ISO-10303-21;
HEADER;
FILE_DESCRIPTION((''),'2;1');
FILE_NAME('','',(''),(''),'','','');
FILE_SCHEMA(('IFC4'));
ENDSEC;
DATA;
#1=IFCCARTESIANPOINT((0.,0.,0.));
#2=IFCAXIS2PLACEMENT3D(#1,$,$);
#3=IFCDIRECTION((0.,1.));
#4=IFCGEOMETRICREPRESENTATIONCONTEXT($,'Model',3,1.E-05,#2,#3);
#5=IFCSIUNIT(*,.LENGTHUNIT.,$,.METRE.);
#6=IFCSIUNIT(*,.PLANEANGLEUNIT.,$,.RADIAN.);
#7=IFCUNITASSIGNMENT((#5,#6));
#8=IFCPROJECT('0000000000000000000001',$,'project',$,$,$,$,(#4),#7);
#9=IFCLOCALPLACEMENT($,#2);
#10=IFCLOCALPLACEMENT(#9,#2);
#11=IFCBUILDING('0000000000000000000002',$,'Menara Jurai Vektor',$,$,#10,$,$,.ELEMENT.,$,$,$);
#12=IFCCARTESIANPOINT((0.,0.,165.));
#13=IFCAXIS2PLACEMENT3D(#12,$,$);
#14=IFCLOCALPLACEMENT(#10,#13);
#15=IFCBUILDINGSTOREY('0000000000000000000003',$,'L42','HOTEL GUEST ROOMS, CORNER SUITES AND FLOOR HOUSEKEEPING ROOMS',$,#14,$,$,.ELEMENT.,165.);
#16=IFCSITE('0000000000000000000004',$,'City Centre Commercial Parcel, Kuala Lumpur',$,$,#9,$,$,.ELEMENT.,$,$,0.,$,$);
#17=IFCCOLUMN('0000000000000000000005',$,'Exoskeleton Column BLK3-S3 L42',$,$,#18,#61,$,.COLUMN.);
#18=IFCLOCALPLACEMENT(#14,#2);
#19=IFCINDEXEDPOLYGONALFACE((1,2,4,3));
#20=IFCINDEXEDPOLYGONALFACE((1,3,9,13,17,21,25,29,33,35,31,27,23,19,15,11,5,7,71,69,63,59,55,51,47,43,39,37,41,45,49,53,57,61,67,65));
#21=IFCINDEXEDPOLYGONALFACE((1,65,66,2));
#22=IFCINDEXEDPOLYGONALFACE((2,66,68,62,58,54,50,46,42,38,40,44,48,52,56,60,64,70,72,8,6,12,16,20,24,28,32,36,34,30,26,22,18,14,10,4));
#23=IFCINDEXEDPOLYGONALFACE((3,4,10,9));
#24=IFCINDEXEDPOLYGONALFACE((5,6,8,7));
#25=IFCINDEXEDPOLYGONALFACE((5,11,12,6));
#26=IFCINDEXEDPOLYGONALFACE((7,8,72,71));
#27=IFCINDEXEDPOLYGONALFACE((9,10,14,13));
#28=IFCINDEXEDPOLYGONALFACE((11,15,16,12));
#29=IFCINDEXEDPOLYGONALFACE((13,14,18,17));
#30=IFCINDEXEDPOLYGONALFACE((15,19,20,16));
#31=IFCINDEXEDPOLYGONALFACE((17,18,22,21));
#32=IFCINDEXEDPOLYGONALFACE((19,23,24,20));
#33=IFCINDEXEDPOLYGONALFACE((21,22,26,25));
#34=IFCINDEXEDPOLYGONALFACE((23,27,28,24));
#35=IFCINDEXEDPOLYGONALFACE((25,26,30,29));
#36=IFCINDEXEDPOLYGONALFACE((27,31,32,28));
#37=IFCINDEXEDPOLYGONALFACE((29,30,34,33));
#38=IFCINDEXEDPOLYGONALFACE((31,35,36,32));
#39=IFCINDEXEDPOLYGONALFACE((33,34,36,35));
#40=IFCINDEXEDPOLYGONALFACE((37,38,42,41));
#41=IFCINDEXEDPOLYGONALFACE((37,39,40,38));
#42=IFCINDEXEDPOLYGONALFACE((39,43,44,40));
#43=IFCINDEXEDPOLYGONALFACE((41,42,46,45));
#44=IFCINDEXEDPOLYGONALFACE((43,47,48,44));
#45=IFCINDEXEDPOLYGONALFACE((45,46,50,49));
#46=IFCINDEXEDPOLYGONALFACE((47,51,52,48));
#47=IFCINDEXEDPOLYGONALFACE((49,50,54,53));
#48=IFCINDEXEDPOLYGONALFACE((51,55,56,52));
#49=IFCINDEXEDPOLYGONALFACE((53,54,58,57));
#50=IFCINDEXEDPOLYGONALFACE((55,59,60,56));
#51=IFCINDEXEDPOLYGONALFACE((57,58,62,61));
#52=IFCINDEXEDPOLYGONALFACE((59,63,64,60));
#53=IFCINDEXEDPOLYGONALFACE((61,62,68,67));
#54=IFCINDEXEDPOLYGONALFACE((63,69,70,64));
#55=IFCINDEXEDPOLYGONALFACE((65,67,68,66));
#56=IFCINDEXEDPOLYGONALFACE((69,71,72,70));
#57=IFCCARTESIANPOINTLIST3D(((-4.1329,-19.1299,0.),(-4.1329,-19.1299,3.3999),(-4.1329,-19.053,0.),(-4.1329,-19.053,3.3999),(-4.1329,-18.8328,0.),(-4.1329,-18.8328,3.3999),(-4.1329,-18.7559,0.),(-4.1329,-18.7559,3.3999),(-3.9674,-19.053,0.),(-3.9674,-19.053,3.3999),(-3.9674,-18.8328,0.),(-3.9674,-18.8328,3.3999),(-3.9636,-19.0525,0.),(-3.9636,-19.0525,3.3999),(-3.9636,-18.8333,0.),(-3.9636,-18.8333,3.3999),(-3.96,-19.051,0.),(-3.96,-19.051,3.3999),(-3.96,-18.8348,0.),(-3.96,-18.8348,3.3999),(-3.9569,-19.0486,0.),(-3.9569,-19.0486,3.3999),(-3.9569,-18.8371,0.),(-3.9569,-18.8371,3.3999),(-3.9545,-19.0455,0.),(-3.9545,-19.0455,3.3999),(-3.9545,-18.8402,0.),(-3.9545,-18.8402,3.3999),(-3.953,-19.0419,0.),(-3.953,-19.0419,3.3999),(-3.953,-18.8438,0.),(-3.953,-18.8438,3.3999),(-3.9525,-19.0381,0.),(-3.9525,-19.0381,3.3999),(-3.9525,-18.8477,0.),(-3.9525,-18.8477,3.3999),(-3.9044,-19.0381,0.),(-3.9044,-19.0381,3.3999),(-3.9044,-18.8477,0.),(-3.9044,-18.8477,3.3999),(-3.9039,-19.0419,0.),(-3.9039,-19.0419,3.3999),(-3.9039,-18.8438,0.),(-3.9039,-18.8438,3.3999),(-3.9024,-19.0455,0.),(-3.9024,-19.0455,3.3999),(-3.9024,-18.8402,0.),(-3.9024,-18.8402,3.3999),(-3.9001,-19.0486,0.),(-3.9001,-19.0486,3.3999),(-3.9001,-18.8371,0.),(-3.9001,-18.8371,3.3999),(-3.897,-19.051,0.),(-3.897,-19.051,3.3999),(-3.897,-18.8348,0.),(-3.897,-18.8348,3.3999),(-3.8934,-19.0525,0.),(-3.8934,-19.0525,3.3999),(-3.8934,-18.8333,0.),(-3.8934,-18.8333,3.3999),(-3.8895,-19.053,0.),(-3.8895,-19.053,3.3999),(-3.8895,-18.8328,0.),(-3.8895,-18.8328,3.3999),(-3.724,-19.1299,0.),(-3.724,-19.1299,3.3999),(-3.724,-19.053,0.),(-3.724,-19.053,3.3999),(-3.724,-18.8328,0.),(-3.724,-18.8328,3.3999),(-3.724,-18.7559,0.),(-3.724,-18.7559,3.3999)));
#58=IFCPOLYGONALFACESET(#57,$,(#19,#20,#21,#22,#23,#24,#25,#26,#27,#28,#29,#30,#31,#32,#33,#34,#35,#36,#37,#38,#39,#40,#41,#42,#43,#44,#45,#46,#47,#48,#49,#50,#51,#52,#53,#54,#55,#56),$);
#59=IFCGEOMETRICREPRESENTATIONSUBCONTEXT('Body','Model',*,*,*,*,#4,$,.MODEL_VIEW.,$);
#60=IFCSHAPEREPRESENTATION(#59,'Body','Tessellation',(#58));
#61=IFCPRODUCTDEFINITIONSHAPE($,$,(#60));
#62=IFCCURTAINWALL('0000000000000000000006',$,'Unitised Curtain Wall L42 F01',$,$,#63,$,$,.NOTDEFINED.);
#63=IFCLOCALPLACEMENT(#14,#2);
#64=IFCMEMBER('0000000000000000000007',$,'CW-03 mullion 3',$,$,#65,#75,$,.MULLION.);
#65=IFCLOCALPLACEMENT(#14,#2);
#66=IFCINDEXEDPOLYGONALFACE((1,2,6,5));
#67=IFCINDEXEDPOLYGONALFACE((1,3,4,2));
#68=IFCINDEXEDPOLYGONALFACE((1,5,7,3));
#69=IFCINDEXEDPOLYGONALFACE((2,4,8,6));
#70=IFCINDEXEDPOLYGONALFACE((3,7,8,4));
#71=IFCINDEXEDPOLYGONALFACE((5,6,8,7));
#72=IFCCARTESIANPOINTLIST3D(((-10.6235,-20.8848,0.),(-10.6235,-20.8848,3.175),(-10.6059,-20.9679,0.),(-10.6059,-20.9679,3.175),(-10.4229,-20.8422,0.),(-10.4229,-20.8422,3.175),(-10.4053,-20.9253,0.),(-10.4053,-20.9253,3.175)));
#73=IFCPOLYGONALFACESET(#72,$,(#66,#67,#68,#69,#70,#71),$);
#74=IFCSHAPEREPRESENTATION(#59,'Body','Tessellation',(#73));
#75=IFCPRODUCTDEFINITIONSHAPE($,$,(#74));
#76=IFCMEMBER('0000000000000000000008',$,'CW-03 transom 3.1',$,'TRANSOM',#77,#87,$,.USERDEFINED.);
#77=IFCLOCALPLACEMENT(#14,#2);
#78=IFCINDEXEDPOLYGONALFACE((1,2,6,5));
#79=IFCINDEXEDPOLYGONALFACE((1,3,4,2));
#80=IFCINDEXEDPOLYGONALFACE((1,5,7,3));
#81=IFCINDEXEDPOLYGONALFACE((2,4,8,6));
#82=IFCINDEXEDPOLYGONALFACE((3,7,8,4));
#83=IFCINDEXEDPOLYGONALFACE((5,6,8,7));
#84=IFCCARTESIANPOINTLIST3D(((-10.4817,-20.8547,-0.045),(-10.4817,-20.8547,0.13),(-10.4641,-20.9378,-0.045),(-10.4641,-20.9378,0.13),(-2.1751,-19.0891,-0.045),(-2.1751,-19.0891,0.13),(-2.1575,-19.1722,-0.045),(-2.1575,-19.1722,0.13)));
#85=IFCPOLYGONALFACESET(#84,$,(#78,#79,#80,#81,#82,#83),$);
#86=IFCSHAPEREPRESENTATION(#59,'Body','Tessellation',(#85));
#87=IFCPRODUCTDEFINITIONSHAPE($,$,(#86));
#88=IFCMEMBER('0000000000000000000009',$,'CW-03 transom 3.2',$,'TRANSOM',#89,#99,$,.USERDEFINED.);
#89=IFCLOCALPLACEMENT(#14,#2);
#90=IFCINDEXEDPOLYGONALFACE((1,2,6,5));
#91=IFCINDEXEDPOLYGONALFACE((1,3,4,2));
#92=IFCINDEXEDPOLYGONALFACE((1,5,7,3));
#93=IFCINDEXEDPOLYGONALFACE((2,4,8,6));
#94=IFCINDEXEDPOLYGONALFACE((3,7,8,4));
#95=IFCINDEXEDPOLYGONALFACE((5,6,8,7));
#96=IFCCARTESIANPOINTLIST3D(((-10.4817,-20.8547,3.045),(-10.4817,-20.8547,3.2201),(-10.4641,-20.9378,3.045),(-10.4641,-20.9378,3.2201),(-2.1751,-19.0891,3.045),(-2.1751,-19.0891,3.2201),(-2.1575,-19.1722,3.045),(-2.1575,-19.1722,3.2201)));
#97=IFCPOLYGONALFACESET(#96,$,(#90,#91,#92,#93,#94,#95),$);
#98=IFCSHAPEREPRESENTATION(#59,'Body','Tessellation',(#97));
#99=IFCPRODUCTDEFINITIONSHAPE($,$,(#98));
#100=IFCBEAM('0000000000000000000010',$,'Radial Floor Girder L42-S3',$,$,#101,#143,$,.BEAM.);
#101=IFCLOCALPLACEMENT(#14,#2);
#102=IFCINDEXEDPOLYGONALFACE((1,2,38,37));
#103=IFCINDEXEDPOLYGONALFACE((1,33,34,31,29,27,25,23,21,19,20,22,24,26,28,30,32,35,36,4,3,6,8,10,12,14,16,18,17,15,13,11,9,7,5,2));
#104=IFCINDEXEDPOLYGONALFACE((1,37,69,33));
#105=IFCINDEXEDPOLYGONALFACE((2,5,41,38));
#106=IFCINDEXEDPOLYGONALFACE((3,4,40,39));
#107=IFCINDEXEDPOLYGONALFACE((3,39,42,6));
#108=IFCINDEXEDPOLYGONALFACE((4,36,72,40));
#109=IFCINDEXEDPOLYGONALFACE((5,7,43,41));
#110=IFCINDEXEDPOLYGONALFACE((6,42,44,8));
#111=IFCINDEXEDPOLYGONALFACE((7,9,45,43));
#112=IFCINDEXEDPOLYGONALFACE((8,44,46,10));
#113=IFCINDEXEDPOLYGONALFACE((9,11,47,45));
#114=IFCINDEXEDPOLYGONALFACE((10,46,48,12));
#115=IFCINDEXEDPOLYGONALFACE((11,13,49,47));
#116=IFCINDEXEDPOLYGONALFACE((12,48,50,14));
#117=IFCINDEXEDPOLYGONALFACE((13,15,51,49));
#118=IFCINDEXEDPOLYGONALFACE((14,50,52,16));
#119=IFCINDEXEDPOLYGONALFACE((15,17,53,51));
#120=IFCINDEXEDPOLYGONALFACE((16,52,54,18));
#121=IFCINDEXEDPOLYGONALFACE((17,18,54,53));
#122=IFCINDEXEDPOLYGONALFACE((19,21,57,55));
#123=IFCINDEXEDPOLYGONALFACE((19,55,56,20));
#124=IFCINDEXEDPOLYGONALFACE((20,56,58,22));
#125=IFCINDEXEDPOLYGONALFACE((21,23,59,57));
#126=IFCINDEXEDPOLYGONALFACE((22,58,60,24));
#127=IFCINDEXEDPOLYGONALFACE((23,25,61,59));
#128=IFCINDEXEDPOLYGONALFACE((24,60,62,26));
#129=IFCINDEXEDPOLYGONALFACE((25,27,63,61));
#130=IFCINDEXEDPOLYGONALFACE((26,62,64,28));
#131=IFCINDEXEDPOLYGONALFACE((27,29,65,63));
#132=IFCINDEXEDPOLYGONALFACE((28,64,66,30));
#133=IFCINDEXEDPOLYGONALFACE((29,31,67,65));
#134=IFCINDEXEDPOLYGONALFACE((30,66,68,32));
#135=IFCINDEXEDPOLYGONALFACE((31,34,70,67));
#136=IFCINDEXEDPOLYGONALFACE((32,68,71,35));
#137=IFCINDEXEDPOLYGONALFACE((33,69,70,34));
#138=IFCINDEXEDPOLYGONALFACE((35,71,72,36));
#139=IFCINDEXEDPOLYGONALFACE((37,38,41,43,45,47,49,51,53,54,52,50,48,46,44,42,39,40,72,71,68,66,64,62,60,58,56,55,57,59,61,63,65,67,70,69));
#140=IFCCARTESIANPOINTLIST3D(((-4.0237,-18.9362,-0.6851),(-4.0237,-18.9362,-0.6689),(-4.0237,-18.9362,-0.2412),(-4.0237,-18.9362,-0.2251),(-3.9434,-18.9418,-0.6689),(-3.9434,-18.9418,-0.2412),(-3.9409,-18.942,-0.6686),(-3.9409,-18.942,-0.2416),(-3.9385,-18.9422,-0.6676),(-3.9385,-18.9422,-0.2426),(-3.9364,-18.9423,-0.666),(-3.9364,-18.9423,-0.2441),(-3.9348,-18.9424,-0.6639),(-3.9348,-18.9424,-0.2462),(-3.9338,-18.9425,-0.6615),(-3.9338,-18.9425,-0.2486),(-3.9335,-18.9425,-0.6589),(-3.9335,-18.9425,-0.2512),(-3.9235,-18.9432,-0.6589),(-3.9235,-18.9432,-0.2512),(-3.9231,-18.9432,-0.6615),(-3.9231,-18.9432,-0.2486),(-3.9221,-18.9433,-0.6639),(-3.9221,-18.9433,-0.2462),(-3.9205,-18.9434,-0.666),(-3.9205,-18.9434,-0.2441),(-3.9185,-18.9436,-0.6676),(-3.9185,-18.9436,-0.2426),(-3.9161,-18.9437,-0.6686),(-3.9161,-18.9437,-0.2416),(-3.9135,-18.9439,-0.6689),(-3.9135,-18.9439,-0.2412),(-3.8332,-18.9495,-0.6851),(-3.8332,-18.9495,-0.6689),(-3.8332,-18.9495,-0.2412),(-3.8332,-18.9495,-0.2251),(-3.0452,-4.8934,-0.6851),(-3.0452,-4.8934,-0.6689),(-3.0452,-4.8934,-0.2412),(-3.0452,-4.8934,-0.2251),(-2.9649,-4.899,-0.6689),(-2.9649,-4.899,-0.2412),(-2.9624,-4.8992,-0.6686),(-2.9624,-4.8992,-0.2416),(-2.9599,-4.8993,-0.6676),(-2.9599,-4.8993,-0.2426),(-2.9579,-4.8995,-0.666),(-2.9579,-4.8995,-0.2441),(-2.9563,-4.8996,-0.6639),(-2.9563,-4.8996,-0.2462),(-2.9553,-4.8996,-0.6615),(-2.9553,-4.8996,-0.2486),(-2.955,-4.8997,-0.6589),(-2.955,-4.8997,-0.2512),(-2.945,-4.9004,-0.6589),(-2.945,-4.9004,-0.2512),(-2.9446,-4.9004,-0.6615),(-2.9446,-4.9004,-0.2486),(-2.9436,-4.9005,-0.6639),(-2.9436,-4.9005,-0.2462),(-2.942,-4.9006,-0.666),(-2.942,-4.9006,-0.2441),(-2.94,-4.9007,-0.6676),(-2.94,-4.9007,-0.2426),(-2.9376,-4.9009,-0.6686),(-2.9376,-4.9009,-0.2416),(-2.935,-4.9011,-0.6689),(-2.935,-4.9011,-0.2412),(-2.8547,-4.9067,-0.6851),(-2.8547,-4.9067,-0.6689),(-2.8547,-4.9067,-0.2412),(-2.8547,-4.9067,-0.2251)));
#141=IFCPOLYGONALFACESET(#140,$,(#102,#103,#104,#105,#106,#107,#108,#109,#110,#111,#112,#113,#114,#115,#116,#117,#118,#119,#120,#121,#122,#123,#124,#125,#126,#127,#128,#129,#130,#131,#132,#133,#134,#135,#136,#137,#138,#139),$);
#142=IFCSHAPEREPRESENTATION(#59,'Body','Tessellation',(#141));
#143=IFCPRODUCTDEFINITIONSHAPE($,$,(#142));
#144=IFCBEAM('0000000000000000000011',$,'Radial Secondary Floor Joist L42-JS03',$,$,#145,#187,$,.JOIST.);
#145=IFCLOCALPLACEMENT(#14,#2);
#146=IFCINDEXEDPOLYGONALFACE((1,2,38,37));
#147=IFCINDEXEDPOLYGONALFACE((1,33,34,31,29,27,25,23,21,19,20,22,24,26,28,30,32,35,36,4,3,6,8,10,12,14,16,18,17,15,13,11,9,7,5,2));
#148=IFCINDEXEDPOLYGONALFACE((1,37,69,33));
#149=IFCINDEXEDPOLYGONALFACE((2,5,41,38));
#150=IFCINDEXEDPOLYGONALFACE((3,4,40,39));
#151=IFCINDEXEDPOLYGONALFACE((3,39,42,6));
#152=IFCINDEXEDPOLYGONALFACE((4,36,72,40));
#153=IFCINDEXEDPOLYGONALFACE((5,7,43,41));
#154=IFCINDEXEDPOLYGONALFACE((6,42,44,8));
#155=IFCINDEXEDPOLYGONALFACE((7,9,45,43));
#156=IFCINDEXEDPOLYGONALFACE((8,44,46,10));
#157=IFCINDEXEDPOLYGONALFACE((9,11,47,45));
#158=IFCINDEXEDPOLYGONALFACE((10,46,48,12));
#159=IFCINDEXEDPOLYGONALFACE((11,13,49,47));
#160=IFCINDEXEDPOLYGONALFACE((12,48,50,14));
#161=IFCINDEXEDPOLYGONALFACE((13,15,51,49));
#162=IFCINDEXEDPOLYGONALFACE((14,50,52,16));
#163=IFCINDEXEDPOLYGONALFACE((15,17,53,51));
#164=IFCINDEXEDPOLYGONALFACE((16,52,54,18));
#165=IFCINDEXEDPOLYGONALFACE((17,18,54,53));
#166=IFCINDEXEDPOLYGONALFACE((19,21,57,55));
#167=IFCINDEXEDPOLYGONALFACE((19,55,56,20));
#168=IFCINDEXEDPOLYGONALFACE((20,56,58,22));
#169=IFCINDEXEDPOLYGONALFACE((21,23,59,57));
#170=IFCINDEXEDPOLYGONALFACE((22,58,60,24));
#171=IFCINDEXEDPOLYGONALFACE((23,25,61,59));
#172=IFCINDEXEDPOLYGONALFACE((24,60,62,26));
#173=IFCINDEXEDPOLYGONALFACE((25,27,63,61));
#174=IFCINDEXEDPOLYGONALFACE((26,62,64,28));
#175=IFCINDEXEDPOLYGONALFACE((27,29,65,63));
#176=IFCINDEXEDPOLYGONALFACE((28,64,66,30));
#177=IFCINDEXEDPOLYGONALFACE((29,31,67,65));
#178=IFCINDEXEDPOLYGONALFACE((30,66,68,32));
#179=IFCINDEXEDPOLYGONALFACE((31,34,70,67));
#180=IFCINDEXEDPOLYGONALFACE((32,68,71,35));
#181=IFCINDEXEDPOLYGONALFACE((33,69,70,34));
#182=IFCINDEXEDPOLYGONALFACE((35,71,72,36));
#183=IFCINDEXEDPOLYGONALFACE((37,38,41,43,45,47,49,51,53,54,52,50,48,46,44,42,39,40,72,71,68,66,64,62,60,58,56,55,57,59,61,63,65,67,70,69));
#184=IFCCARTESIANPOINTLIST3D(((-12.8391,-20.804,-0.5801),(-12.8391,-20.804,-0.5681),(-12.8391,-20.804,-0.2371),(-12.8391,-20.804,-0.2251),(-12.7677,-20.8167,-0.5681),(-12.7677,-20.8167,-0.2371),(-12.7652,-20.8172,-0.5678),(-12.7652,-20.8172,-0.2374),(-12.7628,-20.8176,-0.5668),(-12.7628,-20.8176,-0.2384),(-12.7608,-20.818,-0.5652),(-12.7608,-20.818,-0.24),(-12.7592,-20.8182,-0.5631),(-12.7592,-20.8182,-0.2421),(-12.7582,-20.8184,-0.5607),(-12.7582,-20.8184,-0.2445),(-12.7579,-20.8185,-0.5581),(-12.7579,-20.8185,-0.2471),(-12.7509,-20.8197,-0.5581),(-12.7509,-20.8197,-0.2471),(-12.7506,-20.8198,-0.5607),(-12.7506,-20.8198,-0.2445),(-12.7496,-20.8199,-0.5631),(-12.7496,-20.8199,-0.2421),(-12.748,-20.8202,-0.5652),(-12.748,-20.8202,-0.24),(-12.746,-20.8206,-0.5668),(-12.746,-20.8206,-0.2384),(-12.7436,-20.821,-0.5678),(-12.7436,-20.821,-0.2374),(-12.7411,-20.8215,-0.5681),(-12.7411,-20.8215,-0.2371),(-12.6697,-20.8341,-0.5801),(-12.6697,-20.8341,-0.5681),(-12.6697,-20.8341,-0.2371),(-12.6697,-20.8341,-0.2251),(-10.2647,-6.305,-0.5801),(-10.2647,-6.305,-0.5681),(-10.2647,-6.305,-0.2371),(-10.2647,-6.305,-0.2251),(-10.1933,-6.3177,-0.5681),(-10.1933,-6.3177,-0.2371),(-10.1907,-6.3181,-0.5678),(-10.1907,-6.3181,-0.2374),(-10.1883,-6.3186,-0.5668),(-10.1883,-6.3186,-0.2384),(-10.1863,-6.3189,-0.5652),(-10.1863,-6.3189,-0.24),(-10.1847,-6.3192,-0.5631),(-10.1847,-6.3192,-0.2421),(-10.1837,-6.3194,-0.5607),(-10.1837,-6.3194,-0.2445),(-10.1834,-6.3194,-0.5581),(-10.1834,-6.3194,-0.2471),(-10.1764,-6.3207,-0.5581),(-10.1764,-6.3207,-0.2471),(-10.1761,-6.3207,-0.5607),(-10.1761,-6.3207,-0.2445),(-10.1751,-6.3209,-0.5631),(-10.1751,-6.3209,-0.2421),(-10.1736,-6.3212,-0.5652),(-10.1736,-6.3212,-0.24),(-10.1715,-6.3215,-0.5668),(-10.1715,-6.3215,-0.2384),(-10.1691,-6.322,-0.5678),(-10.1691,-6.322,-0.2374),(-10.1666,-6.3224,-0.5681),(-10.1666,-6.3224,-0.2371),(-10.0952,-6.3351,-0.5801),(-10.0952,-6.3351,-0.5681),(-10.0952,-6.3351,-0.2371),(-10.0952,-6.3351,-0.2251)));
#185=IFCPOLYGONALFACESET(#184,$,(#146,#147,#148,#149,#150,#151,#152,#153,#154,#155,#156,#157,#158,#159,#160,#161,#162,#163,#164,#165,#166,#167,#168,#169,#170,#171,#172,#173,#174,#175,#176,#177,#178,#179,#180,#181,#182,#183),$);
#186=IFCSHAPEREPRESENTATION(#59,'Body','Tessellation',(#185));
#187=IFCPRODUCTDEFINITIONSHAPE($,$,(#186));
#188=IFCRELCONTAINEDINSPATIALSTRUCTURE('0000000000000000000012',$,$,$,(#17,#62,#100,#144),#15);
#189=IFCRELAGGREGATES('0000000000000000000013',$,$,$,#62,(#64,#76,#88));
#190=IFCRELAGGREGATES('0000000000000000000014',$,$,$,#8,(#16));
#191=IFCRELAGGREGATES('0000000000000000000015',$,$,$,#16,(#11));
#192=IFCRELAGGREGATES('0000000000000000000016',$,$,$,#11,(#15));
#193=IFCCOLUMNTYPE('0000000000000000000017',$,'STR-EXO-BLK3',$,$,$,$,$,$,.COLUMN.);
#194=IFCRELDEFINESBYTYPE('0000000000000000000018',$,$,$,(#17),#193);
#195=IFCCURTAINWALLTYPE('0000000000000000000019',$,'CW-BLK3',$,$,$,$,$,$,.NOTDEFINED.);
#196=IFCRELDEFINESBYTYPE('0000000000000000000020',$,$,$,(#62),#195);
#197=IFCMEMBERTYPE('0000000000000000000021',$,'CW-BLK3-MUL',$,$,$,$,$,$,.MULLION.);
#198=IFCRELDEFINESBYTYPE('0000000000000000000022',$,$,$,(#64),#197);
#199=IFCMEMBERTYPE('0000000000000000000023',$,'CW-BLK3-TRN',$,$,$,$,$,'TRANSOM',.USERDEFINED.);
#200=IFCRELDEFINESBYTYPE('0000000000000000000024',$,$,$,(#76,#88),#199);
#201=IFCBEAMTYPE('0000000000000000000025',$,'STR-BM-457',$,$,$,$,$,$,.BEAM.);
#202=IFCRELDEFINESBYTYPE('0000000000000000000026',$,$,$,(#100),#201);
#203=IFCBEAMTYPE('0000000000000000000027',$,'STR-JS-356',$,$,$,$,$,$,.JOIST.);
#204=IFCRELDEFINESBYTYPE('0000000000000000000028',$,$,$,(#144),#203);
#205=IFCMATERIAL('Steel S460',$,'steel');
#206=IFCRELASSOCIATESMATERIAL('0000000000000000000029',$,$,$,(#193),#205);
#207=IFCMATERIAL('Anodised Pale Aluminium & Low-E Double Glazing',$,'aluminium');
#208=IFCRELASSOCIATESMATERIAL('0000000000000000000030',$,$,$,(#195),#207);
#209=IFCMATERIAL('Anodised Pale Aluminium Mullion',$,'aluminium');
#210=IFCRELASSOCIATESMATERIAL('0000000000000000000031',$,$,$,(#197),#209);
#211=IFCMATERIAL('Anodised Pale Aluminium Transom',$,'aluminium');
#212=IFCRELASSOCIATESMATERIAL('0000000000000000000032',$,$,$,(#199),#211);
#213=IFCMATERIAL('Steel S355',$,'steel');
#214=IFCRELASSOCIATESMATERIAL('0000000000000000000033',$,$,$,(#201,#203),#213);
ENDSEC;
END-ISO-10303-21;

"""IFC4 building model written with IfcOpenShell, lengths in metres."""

from ifc_helpers import new_model, si_unit, direction, frame, origin, origin_2d, place, context, subcontext, project, spatial, rectangle, i_section, extrude, material, material_profile, profile_set, type_object, element, aggregate, save


model = new_model("IFC4")

# Units and contexts
model_context = context("Model", 3, precision=1e-05, world=origin(), true_north=direction((0.0, 1.0)))
body_context = subcontext(model_context, "Body", "Model", "MODEL_VIEW")
ifc_project = project(units=[si_unit("LENGTHUNIT", "METRE"), si_unit("PLANEANGLEUNIT", "RADIAN")], contexts=[model_context])

# Site, building, storey
site_placement = place(None, origin())
site = spatial("IfcSite", under=ifc_project, at=site_placement, Name="City Centre Commercial Parcel, Kuala Lumpur", CompositionType="ELEMENT", RefElevation=0.0)
building_placement = place(site_placement, origin())
building = spatial("IfcBuilding", under=site, at=building_placement, Name="Menara Jurai Vektor", CompositionType="ELEMENT")
storey_placement = place(building_placement, frame((0.0, 0.0, 165.0)))
storey = spatial("IfcBuildingStorey", under=building, at=storey_placement, Name="L42", Description="HOTEL GUEST ROOMS, CORNER SUITES AND FLOOR HOUSEKEEPING ROOMS", CompositionType="ELEMENT", Elevation=165.0)

# Column
ifc_material_1 = material(Name="Steel S460", Category="steel")
ifc_material_profile_1 = material_profile(ifc_material_1, i_section(OverallWidth=0.4089, OverallDepth=0.374, WebThickness=0.0481, FlangeThickness=0.0769, FilletRadius=0.0149, at=origin_2d()), Name="HD 400x634")
ifc_profile_set_1 = profile_set([ifc_material_profile_1], Name="Steel S460")
column_type = type_object("IfcColumnType", Name="STR-EXO-BLK3", PredefinedType="COLUMN", material=ifc_profile_set_1)
column_placement = place(storey_placement, frame((-3.9285, -18.9429, 0.0), z_axis=(0.0, 0.0, 1.0), x_axis=(1.0, 0.0, 0.0)))
element("IfcColumn", 1, at=column_placement, inside=storey, type_object=column_type, Name="Exoskeleton Column BLK3-S3 L42", PredefinedType="COLUMN", context=body_context, shape_type="SweptSolid", body=[
    extrude(i_section(OverallWidth=0.4089, OverallDepth=0.374, WebThickness=0.0481, FlangeThickness=0.0769, FilletRadius=0.0149, at=origin_2d()), origin(), (0.0, 0.0, 1.0), 3.3999),
])

# Curtain wall, members
ifc_material_2 = material(Name="Anodised Pale Aluminium & Low-E Double Glazing", Category="aluminium")
curtain_wall_type = type_object("IfcCurtainWallType", Name="CW-BLK3", PredefinedType="NOTDEFINED", material=ifc_material_2)
curtain_wall_placement = place(storey_placement, origin())
curtain_wall = element("IfcCurtainWall", 2, at=curtain_wall_placement, inside=storey, type_object=curtain_wall_type, Name="Unitised Curtain Wall L42 F01", PredefinedType="NOTDEFINED")
ifc_material_3 = material(Name="Anodised Pale Aluminium Mullion", Category="aluminium")
ifc_material_profile_2 = material_profile(ifc_material_3, rectangle(XDim=0.085, YDim=0.2051, at=origin_2d()), Name="ALU MUL 85x205")
ifc_profile_set_2 = profile_set([ifc_material_profile_2], Name="Anodised Pale Aluminium Mullion")
member_type_1 = type_object("IfcMemberType", Name="CW-BLK3-MUL", PredefinedType="MULLION", material=ifc_profile_set_2)
member_1_placement = place(storey_placement, frame((-10.5144, -20.905, 0.0), z_axis=(0.0, 0.0, 1.0), x_axis=(-0.207911, 0.978148, 0.0)))
member_1 = element("IfcMember", 3, at=member_1_placement, type_object=member_type_1, Name="CW-03 mullion 3", PredefinedType="MULLION", context=body_context, shape_type="SweptSolid", body=[
    extrude(rectangle(XDim=0.085, YDim=0.2051, at=origin_2d()), origin(), (0.0, 0.0, 1.0), 3.175),
])
ifc_material_4 = material(Name="Anodised Pale Aluminium Transom", Category="aluminium")
ifc_material_profile_3 = material_profile(ifc_material_4, rectangle(XDim=0.085, YDim=0.175, at=origin_2d()), Name="ALU TRN 85x175")
ifc_profile_set_3 = profile_set([ifc_material_profile_3], Name="Anodised Pale Aluminium Transom")
member_type_2 = type_object("IfcMemberType", Name="CW-BLK3-TRN", ElementType="TRANSOM", PredefinedType="USERDEFINED", material=ifc_profile_set_3)
member_2_placement = place(storey_placement, frame((-10.4729, -20.8962, 0.0425), z_axis=(0.978148, 0.207911, 0.0), x_axis=(-0.207911, 0.978148, 0.0)))
member_2 = element("IfcMember", 4, at=member_2_placement, type_object=member_type_2, Name="CW-03 transom 3.1", ObjectType="TRANSOM", PredefinedType="USERDEFINED", context=body_context, shape_type="SweptSolid", body=[
    extrude(rectangle(XDim=0.085, YDim=0.175, at=origin_2d()), origin(), (0.0, 0.0, 1.0), 8.4922),
])
member_3_placement = place(storey_placement, frame((-10.4729, -20.8962, 3.1326), z_axis=(0.978148, 0.207911, 0.0), x_axis=(-0.207911, 0.978148, 0.0)))
member_3 = element("IfcMember", 5, at=member_3_placement, type_object=member_type_2, Name="CW-03 transom 3.2", ObjectType="TRANSOM", PredefinedType="USERDEFINED", context=body_context, shape_type="SweptSolid", body=[
    extrude(rectangle(XDim=0.085, YDim=0.175, at=origin_2d()), origin(), (0.0, 0.0, 1.0), 8.4922),
])

# Beams
ifc_material_5 = material(Name="Steel S355", Category="steel")
ifc_material_profile_4 = material_profile(ifc_material_5, i_section(OverallWidth=0.1909, OverallDepth=0.46, WebThickness=0.01, FlangeThickness=0.0161, FilletRadius=0.01, at=origin_2d()), Name="UKB 457x191x82")
ifc_profile_set_4 = profile_set([ifc_material_profile_4], Name="Steel S355")
beam_type_1 = type_object("IfcBeamType", Name="STR-BM-457", PredefinedType="BEAM", material=ifc_profile_set_4)
beam_1_placement = place(storey_placement, frame((-3.9285, -18.9429, -0.4551), z_axis=(0.069512, 0.997581, 0.0), x_axis=(-0.997581, 0.069512, 0.0)))
element("IfcBeam", 6, at=beam_1_placement, inside=storey, type_object=beam_type_1, Name="Radial Floor Girder L42-S3", PredefinedType="BEAM", context=body_context, shape_type="SweptSolid", body=[
    extrude(i_section(OverallWidth=0.1909, OverallDepth=0.46, WebThickness=0.01, FlangeThickness=0.0161, FilletRadius=0.01, at=origin_2d()), origin(), (0.0, 0.0, 1.0), 14.0769),
])
ifc_material_profile_5 = material_profile(ifc_material_5, i_section(OverallWidth=0.1721, OverallDepth=0.355, WebThickness=0.0071, FlangeThickness=0.012, FilletRadius=0.01, at=origin_2d()), Name="UKB 356x171x51")
ifc_profile_set_5 = profile_set([ifc_material_profile_5], Name="Steel S355")
beam_type_2 = type_object("IfcBeamType", Name="STR-JS-356", PredefinedType="JOIST", material=ifc_profile_set_5)
beam_2_placement = place(storey_placement, frame((-12.7544, -20.8191, -0.4026), z_axis=(0.174827, 0.984599, 0.0), x_axis=(-0.984599, 0.174827, 0.0)))
element("IfcBeam", 7, at=beam_2_placement, inside=storey, type_object=beam_type_2, Name="Radial Secondary Floor Joist L42-JS03", PredefinedType="JOIST", context=body_context, shape_type="SweptSolid", body=[
    extrude(i_section(OverallWidth=0.1721, OverallDepth=0.355, WebThickness=0.0071, FlangeThickness=0.012, FilletRadius=0.01, at=origin_2d()), origin(), (0.0, 0.0, 1.0), 14.7258),
])

aggregate(curtain_wall, [member_1, member_2, member_3])

save(model, "model.ifc")
